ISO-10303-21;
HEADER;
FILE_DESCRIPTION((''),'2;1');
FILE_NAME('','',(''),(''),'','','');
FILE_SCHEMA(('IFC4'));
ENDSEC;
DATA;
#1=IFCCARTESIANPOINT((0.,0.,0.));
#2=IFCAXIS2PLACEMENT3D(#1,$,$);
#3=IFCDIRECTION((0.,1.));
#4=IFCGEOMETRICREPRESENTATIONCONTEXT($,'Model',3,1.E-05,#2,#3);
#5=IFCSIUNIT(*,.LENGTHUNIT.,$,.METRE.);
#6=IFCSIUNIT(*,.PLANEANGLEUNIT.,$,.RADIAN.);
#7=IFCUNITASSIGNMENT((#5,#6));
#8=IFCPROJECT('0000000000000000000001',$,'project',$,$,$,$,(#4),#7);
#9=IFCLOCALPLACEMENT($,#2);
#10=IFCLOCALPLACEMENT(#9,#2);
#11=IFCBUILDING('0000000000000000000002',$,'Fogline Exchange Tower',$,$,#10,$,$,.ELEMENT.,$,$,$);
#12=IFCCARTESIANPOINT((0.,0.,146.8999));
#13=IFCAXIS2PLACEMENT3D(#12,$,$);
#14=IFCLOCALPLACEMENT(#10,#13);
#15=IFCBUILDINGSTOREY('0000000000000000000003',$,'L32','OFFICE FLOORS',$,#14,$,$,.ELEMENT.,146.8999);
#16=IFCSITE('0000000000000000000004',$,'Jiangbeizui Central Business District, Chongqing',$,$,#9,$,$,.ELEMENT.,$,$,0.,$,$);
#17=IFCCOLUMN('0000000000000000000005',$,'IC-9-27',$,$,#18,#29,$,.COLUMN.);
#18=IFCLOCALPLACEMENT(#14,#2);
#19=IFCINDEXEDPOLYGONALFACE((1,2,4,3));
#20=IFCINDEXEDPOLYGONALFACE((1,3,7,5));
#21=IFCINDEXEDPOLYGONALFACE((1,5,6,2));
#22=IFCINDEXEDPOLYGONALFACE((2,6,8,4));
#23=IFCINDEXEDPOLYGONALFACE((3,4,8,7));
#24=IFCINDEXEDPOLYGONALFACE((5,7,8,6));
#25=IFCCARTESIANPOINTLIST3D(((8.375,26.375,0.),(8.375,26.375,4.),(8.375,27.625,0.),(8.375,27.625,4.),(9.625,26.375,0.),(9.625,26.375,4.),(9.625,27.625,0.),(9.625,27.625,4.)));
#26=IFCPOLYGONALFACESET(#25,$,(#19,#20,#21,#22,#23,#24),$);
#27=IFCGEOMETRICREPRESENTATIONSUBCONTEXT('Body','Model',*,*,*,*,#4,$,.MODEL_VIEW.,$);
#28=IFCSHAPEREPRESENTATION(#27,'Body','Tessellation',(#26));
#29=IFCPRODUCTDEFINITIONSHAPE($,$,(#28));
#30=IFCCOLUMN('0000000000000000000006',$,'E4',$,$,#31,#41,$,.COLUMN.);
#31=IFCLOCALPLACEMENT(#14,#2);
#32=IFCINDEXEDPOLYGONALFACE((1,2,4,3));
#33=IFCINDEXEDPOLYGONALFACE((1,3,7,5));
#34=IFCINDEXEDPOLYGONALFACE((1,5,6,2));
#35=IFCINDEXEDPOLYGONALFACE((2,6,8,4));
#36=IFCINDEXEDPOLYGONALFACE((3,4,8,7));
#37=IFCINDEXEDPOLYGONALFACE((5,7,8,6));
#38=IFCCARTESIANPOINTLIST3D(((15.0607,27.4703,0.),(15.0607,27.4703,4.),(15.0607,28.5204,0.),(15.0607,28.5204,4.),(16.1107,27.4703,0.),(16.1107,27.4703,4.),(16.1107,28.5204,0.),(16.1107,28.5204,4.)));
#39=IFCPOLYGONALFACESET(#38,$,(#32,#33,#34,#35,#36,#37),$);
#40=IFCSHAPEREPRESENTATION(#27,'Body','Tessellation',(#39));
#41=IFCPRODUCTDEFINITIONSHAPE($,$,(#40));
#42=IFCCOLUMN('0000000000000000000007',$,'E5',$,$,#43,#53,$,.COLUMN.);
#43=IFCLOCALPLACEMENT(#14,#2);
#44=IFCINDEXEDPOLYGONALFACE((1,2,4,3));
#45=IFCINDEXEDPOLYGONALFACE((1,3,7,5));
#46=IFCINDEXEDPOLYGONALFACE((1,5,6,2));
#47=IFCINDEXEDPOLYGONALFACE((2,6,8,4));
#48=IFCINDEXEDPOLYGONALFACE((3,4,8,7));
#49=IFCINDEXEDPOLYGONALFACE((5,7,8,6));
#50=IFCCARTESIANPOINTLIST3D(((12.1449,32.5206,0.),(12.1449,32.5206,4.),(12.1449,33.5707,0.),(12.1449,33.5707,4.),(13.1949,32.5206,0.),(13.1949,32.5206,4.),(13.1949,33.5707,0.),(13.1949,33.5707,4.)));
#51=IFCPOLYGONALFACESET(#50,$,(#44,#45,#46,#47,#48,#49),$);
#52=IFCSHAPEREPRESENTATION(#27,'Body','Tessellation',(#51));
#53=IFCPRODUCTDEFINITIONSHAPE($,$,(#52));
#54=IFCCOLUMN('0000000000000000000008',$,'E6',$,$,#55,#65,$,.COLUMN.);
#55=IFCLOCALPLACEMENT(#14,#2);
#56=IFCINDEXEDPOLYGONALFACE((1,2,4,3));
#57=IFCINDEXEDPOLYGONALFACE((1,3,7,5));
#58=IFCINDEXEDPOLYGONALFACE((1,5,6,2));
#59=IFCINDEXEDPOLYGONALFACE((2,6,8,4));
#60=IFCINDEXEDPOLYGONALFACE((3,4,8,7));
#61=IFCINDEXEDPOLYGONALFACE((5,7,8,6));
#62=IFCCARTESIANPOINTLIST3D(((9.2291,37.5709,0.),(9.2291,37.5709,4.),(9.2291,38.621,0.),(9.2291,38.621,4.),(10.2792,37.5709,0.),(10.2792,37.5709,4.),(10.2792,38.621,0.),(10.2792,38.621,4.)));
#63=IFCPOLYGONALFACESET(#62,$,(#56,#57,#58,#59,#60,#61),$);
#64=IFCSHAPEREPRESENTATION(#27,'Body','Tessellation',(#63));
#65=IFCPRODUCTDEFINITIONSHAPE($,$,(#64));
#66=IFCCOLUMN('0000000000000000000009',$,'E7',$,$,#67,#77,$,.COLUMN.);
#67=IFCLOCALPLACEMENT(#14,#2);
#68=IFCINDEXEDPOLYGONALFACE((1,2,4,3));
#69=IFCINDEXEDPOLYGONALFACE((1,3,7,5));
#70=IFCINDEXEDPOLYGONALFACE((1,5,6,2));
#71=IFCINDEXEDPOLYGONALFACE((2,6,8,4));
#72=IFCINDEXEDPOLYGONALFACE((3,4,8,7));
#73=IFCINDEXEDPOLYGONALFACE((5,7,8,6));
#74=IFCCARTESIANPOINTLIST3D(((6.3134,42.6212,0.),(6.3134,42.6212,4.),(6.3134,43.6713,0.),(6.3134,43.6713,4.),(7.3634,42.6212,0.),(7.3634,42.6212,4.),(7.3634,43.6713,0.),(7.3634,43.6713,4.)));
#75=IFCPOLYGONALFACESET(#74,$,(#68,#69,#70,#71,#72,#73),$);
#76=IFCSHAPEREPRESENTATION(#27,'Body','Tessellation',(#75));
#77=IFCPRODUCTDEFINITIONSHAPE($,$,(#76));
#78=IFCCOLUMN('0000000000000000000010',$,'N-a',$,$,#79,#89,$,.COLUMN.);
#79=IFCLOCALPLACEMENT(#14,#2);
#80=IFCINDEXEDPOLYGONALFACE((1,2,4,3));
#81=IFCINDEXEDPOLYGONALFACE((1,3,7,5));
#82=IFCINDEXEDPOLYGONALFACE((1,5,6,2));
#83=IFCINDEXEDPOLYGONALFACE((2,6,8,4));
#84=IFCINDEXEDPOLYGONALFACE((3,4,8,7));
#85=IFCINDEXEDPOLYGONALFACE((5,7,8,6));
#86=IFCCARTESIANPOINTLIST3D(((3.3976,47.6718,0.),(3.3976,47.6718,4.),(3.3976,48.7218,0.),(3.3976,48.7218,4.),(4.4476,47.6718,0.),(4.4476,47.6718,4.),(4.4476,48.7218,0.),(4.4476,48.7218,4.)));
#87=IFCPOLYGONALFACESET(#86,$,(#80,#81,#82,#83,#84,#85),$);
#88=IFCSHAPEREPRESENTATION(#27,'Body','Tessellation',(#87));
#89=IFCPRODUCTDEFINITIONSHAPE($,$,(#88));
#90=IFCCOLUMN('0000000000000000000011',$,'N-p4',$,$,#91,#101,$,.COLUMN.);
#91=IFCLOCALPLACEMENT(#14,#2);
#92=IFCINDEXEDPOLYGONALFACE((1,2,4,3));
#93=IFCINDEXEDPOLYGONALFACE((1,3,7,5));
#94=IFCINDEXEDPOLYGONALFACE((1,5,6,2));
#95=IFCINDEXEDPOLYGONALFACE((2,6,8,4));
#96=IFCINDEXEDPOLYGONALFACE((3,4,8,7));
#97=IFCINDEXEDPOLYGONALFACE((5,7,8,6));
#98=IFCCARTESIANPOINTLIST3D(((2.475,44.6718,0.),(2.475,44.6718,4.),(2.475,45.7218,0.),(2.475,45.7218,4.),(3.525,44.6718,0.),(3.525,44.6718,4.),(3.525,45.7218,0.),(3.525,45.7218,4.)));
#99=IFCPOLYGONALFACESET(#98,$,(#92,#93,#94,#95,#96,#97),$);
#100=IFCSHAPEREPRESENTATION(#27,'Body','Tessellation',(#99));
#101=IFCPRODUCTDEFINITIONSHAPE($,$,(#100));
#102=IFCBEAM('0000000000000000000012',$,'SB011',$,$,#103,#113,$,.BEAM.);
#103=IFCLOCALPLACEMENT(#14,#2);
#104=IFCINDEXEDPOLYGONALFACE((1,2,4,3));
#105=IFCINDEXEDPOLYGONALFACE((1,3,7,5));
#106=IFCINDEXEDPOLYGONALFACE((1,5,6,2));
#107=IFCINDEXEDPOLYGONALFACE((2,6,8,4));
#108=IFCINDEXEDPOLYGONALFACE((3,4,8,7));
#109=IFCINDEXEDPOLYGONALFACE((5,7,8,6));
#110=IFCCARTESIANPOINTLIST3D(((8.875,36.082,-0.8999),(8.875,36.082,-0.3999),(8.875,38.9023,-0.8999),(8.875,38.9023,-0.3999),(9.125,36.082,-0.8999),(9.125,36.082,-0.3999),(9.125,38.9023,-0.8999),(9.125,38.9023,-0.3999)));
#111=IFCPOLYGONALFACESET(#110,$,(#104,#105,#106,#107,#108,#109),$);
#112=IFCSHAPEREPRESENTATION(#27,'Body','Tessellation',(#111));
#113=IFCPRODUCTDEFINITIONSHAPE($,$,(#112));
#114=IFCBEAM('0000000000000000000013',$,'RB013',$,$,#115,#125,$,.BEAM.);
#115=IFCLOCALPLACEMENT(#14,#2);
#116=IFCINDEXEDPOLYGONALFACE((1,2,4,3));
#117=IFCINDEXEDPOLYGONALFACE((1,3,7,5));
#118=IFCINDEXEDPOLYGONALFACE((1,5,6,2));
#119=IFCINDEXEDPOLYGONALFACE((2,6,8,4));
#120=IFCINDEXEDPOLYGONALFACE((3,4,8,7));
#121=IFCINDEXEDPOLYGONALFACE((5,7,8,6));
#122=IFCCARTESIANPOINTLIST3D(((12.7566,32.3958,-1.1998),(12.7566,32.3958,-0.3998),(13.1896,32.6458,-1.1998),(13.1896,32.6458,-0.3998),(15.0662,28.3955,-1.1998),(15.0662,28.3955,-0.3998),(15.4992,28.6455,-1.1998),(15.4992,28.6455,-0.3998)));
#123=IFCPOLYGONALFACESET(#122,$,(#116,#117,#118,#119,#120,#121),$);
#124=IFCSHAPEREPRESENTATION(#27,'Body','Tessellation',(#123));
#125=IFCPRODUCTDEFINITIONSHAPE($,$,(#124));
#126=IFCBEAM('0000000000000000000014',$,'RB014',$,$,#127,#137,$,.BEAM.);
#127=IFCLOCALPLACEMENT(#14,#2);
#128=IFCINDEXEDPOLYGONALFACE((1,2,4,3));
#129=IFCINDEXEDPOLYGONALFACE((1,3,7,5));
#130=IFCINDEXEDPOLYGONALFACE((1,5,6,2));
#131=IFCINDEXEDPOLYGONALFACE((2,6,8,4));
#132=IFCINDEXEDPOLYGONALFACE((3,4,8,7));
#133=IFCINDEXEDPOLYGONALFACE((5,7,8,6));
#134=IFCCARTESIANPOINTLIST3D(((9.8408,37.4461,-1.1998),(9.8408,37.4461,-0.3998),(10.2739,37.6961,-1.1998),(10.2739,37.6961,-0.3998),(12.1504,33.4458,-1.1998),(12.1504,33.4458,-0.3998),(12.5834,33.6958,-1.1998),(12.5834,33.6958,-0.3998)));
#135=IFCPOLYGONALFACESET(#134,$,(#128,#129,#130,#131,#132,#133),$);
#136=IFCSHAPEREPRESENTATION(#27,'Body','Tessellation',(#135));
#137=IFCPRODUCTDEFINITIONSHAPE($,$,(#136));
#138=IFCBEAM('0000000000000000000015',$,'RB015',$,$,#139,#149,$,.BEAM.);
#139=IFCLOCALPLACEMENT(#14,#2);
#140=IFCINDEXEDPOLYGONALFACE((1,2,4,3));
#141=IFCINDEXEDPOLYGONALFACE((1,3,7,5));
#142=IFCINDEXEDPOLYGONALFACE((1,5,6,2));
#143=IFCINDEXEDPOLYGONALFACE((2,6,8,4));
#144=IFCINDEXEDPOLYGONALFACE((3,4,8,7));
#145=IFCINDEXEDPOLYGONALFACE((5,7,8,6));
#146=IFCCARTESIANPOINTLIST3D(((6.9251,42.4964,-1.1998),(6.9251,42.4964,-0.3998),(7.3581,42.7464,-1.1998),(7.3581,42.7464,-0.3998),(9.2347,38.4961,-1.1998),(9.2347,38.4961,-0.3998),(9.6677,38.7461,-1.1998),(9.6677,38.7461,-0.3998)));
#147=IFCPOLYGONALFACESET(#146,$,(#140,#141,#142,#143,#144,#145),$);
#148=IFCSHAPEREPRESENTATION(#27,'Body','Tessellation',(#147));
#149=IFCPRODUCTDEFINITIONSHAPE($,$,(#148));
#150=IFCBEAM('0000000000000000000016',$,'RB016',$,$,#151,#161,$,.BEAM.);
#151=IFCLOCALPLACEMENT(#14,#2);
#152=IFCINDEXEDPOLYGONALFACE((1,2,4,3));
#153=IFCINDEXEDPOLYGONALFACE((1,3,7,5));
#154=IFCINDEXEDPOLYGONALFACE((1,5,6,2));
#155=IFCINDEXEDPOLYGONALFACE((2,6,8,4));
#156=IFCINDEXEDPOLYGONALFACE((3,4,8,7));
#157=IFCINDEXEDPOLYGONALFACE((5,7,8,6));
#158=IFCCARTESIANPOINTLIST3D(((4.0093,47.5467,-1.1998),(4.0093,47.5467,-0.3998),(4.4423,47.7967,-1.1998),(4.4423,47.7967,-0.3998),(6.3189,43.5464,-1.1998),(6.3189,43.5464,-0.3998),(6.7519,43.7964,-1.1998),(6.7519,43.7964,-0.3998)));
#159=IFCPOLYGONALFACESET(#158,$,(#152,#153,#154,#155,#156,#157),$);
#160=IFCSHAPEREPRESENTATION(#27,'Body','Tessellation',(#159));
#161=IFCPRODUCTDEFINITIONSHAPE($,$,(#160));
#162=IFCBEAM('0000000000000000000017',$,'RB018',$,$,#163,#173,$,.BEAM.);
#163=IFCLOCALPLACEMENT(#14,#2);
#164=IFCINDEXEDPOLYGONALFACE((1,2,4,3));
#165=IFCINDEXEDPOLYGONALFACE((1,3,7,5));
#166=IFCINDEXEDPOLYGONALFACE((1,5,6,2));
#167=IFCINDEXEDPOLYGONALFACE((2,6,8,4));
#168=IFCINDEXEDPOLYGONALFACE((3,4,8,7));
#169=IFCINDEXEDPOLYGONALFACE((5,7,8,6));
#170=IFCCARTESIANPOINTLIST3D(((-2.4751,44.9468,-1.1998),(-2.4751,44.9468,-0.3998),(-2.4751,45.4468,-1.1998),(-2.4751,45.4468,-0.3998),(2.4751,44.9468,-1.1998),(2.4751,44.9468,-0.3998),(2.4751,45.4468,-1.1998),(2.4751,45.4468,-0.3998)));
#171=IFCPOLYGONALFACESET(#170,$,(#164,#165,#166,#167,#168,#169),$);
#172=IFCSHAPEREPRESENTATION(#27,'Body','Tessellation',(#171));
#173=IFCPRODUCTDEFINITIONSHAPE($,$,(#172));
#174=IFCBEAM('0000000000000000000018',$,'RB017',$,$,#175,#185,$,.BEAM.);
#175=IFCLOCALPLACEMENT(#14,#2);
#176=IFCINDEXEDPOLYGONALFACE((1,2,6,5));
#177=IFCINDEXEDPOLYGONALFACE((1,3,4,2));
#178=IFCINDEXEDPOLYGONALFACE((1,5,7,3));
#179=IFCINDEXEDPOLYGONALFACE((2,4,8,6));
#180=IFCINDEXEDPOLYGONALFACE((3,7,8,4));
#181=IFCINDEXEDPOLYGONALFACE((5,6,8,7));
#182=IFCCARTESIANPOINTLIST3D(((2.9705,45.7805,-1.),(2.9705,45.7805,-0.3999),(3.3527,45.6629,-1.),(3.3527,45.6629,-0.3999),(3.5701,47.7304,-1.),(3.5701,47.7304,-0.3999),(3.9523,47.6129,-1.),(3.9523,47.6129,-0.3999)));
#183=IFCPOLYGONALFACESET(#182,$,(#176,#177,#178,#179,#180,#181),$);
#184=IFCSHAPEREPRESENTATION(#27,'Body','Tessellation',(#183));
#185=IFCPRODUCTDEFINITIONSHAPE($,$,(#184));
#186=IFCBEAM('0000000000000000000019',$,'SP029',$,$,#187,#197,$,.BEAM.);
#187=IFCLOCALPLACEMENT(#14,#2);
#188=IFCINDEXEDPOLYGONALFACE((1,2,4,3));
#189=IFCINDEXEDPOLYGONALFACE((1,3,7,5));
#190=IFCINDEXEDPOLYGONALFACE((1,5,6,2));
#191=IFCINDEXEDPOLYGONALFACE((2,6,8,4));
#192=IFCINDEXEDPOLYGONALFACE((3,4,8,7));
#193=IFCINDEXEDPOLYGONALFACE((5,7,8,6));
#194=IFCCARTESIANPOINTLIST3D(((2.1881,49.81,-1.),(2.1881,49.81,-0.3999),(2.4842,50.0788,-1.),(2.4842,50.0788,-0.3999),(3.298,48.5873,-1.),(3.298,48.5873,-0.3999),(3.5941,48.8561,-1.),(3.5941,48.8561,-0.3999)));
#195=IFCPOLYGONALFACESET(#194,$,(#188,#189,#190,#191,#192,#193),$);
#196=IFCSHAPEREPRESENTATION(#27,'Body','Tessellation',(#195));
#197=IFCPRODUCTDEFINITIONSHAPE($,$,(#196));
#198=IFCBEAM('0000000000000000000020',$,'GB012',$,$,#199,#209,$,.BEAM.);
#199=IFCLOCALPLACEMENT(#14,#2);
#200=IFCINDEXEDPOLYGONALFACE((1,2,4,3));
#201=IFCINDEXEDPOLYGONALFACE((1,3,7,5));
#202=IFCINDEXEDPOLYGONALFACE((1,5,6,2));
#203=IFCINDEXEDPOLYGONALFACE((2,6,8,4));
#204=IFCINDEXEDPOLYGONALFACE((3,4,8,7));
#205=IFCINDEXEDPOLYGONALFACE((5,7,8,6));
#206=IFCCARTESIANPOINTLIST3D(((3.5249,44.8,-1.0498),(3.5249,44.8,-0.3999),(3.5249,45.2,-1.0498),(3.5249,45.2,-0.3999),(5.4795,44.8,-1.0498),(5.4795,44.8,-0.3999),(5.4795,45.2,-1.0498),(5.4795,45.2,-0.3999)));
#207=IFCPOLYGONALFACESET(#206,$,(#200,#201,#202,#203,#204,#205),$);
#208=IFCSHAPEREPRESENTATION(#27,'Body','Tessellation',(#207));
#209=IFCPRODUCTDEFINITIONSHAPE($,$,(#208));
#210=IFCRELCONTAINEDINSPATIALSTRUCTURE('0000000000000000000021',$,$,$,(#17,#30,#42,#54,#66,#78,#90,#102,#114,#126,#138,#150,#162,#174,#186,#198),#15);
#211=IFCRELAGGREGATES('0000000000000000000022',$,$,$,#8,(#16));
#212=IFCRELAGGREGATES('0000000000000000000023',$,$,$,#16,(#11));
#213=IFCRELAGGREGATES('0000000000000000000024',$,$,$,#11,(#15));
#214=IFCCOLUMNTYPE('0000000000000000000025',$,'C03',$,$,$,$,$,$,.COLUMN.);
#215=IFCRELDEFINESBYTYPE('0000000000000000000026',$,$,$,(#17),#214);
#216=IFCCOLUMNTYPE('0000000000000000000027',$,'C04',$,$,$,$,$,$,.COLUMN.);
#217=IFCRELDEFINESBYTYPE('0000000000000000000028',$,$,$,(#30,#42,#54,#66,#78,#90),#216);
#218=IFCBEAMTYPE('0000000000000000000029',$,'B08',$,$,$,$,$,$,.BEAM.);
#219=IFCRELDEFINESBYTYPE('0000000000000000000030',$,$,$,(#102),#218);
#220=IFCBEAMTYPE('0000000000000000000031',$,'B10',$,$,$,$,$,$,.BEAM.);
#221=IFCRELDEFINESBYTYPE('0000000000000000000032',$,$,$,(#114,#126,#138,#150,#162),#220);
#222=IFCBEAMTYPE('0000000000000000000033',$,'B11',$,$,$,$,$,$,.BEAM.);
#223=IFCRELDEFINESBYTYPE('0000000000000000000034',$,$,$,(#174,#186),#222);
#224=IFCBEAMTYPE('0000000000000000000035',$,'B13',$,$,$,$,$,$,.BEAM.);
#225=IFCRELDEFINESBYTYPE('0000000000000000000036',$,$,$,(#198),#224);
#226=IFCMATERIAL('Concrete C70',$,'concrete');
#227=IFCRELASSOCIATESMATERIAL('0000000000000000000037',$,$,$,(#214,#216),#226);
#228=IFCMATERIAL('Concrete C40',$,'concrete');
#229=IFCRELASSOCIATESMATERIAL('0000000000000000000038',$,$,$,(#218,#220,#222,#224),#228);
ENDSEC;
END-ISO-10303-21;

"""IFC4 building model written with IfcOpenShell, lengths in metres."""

from ifc_helpers import new_model, si_unit, direction, frame, origin, origin_2d, place, context, subcontext, project, spatial, rectangle, extrude, material, material_profile, profile_set, type_object, element, save


model = new_model("IFC4")

# Units and contexts
model_context = context("Model", 3, precision=1e-05, world=origin(), true_north=direction((0.0, 1.0)))
body_context = subcontext(model_context, "Body", "Model", "MODEL_VIEW")
ifc_project = project(units=[si_unit("LENGTHUNIT", "METRE"), si_unit("PLANEANGLEUNIT", "RADIAN")], contexts=[model_context])

# Site, building, storey
site_placement = place(None, origin())
site = spatial("IfcSite", under=ifc_project, at=site_placement, Name="Jiangbeizui Central Business District, Chongqing", CompositionType="ELEMENT", RefElevation=0.0)
building_placement = place(site_placement, origin())
building = spatial("IfcBuilding", under=site, at=building_placement, Name="Fogline Exchange Tower", CompositionType="ELEMENT")
storey_placement = place(building_placement, frame((0.0, 0.0, 146.8999)))
storey = spatial("IfcBuildingStorey", under=building, at=storey_placement, Name="L32", Description="OFFICE FLOORS", CompositionType="ELEMENT", Elevation=146.8999)

# Columns
ifc_material_1 = material(Name="Concrete C70", Category="concrete")
ifc_material_profile_1 = material_profile(ifc_material_1, rectangle(XDim=1.25, YDim=1.25, at=origin_2d()), Name="RC 1250x1250")
ifc_profile_set_1 = profile_set([ifc_material_profile_1], Name="Concrete C70")
column_type_1 = type_object("IfcColumnType", Name="C03", PredefinedType="COLUMN", material=ifc_profile_set_1)
column_placement = place(storey_placement, frame((9.0, 27.0, 0.0), z_axis=(0.0, 0.0, 1.0), x_axis=(1.0, 0.0, 0.0)))
element("IfcColumn", 1, at=column_placement, inside=storey, type_object=column_type_1, Name="IC-9-27", PredefinedType="COLUMN", context=body_context, shape_type="SweptSolid", body=[
    extrude(rectangle(XDim=1.25, YDim=1.25, at=origin_2d()), origin(), (0.0, 0.0, 1.0), 4.0),
])
ifc_material_profile_2 = material_profile(ifc_material_1, rectangle(XDim=1.05, YDim=1.05, at=origin_2d()), Name="RC 1050x1050")
ifc_profile_set_2 = profile_set([ifc_material_profile_2], Name="Concrete C70")
column_type_2 = type_object("IfcColumnType", Name="C04", PredefinedType="COLUMN", material=ifc_profile_set_2)
for number, where, z_axis, x_axis, name in (
    (2, (15.5857, 27.9954, 0.0), (0.0, 0.0, 1.0), (1.0, 0.0, 0.0), "E4"),
    (3, (12.6699, 33.0457, 0.0), (0.0, 0.0, 1.0), (1.0, 0.0, 0.0), "E5"),
    (4, (9.7542, 38.0959, 0.0), (0.0, 0.0, 1.0), (1.0, 0.0, 0.0), "E6"),
    (5, (6.8384, 43.1462, 0.0), (0.0, 0.0, 1.0), (1.0, 0.0, 0.0), "E7"),
    (6, (3.9226, 48.1968, 0.0), (0.0, 0.0, 1.0), (1.0, 0.0, 0.0), "N-a"),
    (7, (3.0, 45.1968, 0.0), (0.0, 0.0, 1.0), (1.0, 0.0, 0.0), "N-p4"),
):
    element("IfcColumn", number, at=place(storey_placement, frame(where, z_axis=z_axis, x_axis=x_axis)), inside=storey, type_object=column_type_2, Name=name, PredefinedType="COLUMN", context=body_context, shape_type="SweptSolid", body=[
        extrude(rectangle(XDim=1.05, YDim=1.05, at=origin_2d()), origin(), (0.0, 0.0, 1.0), 4.0),
    ])

# Beams
ifc_material_2 = material(Name="Concrete C40", Category="concrete")
ifc_material_profile_3 = material_profile(ifc_material_2, rectangle(XDim=0.25, YDim=0.5, at=origin_2d()), Name="RC 250x500")
ifc_profile_set_3 = profile_set([ifc_material_profile_3], Name="Concrete C40")
beam_type_1 = type_object("IfcBeamType", Name="B08", PredefinedType="BEAM", material=ifc_profile_set_3)
beam_1_placement = place(storey_placement, frame((9.0, 36.082, -0.6499), z_axis=(0.0, 1.0, 0.0), x_axis=(-1.0, 0.0, 0.0)))
element("IfcBeam", 8, at=beam_1_placement, inside=storey, type_object=beam_type_1, Name="SB011", PredefinedType="BEAM", context=body_context, shape_type="SweptSolid", body=[
    extrude(rectangle(XDim=0.25, YDim=0.5, at=origin_2d()), origin(), (0.0, 0.0, 1.0), 2.8203),
])
ifc_material_profile_4 = material_profile(ifc_material_2, rectangle(XDim=0.5, YDim=0.8, at=origin_2d()), Name="RC 500x800")
ifc_profile_set_4 = profile_set([ifc_material_profile_4], Name="Concrete C40")
beam_type_2 = type_object("IfcBeamType", Name="B10", PredefinedType="BEAM", material=ifc_profile_set_4)
for number, where, z_axis, x_axis, name in (
    (9, (15.2827, 28.5205, -0.7998), (-0.500005, 0.866023, 0.0), (-0.866023, -0.500005, 0.0), "RB013"),
    (10, (12.3669, 33.5708, -0.7998), (-0.500005, 0.866023, 0.0), (-0.866023, -0.500005, 0.0), "RB014"),
    (11, (9.4512, 38.6211, -0.7998), (-0.500005, 0.866023, 0.0), (-0.866023, -0.500005, 0.0), "RB015"),
    (12, (6.5354, 43.6714, -0.7998), (-0.500005, 0.866023, 0.0), (-0.866023, -0.500005, 0.0), "RB016"),
):
    element("IfcBeam", number, at=place(storey_placement, frame(where, z_axis=z_axis, x_axis=x_axis)), inside=storey, type_object=beam_type_2, Name=name, PredefinedType="BEAM", context=body_context, shape_type="SweptSolid", body=[
        extrude(rectangle(XDim=0.5, YDim=0.8, at=origin_2d()), origin(), (0.0, 0.0, 1.0), 4.6191),
    ])
beam_2_placement = place(storey_placement, frame((2.4751, 45.1968, -0.7998), z_axis=(-1.0, 0.0, 0.0), x_axis=(0.0, -1.0, 0.0)))
element("IfcBeam", 13, at=beam_2_placement, inside=storey, type_object=beam_type_2, Name="RB018", PredefinedType="BEAM", context=body_context, shape_type="SweptSolid", body=[
    extrude(rectangle(XDim=0.5, YDim=0.8, at=origin_2d()), origin(), (0.0, 0.0, 1.0), 4.9502),
])
ifc_material_profile_5 = material_profile(ifc_material_2, rectangle(XDim=0.3999, YDim=0.6001, at=origin_2d()), Name="RC 400x600")
ifc_profile_set_5 = profile_set([ifc_material_profile_5], Name="Concrete C40")
beam_type_3 = type_object("IfcBeamType", Name="B11", PredefinedType="BEAM", material=ifc_profile_set_5)
beam_3_placement = place(storey_placement, frame((3.7612, 47.6716, -0.7), z_axis=(-0.293918, -0.955831, 0.0), x_axis=(0.955831, -0.293918, 0.0)))
element("IfcBeam", 14, at=beam_3_placement, inside=storey, type_object=beam_type_3, Name="RB017", PredefinedType="BEAM", context=body_context, shape_type="SweptSolid", body=[
    extrude(rectangle(XDim=0.3999, YDim=0.6001, at=origin_2d()), origin(), (0.0, 0.0, 1.0), 2.04),
])
beam_4_placement = place(storey_placement, frame((3.446, 48.7217, -0.7), z_axis=(-0.672128, 0.740435, 0.0), x_axis=(-0.740435, -0.672128, 0.0)))
element("IfcBeam", 15, at=beam_4_placement, inside=storey, type_object=beam_type_3, Name="SP029", PredefinedType="BEAM", context=body_context, shape_type="SweptSolid", body=[
    extrude(rectangle(XDim=0.3999, YDim=0.6001, at=origin_2d()), origin(), (0.0, 0.0, 1.0), 1.6514),
])
ifc_material_profile_6 = material_profile(ifc_material_2, rectangle(XDim=0.3999, YDim=0.6499, at=origin_2d()), Name="RC 400x650")
ifc_profile_set_6 = profile_set([ifc_material_profile_6], Name="Concrete C40")
beam_type_4 = type_object("IfcBeamType", Name="B13", PredefinedType="BEAM", material=ifc_profile_set_6)
beam_5_placement = place(storey_placement, frame((3.5249, 45.0, -0.7249), z_axis=(1.0, 0.0, 0.0), x_axis=(0.0, 1.0, 0.0)))
element("IfcBeam", 16, at=beam_5_placement, inside=storey, type_object=beam_type_4, Name="GB012", PredefinedType="BEAM", context=body_context, shape_type="SweptSolid", body=[
    extrude(rectangle(XDim=0.3999, YDim=0.6499, at=origin_2d()), origin(), (0.0, 0.0, 1.0), 1.9546),
])

save(model, "model.ifc")
